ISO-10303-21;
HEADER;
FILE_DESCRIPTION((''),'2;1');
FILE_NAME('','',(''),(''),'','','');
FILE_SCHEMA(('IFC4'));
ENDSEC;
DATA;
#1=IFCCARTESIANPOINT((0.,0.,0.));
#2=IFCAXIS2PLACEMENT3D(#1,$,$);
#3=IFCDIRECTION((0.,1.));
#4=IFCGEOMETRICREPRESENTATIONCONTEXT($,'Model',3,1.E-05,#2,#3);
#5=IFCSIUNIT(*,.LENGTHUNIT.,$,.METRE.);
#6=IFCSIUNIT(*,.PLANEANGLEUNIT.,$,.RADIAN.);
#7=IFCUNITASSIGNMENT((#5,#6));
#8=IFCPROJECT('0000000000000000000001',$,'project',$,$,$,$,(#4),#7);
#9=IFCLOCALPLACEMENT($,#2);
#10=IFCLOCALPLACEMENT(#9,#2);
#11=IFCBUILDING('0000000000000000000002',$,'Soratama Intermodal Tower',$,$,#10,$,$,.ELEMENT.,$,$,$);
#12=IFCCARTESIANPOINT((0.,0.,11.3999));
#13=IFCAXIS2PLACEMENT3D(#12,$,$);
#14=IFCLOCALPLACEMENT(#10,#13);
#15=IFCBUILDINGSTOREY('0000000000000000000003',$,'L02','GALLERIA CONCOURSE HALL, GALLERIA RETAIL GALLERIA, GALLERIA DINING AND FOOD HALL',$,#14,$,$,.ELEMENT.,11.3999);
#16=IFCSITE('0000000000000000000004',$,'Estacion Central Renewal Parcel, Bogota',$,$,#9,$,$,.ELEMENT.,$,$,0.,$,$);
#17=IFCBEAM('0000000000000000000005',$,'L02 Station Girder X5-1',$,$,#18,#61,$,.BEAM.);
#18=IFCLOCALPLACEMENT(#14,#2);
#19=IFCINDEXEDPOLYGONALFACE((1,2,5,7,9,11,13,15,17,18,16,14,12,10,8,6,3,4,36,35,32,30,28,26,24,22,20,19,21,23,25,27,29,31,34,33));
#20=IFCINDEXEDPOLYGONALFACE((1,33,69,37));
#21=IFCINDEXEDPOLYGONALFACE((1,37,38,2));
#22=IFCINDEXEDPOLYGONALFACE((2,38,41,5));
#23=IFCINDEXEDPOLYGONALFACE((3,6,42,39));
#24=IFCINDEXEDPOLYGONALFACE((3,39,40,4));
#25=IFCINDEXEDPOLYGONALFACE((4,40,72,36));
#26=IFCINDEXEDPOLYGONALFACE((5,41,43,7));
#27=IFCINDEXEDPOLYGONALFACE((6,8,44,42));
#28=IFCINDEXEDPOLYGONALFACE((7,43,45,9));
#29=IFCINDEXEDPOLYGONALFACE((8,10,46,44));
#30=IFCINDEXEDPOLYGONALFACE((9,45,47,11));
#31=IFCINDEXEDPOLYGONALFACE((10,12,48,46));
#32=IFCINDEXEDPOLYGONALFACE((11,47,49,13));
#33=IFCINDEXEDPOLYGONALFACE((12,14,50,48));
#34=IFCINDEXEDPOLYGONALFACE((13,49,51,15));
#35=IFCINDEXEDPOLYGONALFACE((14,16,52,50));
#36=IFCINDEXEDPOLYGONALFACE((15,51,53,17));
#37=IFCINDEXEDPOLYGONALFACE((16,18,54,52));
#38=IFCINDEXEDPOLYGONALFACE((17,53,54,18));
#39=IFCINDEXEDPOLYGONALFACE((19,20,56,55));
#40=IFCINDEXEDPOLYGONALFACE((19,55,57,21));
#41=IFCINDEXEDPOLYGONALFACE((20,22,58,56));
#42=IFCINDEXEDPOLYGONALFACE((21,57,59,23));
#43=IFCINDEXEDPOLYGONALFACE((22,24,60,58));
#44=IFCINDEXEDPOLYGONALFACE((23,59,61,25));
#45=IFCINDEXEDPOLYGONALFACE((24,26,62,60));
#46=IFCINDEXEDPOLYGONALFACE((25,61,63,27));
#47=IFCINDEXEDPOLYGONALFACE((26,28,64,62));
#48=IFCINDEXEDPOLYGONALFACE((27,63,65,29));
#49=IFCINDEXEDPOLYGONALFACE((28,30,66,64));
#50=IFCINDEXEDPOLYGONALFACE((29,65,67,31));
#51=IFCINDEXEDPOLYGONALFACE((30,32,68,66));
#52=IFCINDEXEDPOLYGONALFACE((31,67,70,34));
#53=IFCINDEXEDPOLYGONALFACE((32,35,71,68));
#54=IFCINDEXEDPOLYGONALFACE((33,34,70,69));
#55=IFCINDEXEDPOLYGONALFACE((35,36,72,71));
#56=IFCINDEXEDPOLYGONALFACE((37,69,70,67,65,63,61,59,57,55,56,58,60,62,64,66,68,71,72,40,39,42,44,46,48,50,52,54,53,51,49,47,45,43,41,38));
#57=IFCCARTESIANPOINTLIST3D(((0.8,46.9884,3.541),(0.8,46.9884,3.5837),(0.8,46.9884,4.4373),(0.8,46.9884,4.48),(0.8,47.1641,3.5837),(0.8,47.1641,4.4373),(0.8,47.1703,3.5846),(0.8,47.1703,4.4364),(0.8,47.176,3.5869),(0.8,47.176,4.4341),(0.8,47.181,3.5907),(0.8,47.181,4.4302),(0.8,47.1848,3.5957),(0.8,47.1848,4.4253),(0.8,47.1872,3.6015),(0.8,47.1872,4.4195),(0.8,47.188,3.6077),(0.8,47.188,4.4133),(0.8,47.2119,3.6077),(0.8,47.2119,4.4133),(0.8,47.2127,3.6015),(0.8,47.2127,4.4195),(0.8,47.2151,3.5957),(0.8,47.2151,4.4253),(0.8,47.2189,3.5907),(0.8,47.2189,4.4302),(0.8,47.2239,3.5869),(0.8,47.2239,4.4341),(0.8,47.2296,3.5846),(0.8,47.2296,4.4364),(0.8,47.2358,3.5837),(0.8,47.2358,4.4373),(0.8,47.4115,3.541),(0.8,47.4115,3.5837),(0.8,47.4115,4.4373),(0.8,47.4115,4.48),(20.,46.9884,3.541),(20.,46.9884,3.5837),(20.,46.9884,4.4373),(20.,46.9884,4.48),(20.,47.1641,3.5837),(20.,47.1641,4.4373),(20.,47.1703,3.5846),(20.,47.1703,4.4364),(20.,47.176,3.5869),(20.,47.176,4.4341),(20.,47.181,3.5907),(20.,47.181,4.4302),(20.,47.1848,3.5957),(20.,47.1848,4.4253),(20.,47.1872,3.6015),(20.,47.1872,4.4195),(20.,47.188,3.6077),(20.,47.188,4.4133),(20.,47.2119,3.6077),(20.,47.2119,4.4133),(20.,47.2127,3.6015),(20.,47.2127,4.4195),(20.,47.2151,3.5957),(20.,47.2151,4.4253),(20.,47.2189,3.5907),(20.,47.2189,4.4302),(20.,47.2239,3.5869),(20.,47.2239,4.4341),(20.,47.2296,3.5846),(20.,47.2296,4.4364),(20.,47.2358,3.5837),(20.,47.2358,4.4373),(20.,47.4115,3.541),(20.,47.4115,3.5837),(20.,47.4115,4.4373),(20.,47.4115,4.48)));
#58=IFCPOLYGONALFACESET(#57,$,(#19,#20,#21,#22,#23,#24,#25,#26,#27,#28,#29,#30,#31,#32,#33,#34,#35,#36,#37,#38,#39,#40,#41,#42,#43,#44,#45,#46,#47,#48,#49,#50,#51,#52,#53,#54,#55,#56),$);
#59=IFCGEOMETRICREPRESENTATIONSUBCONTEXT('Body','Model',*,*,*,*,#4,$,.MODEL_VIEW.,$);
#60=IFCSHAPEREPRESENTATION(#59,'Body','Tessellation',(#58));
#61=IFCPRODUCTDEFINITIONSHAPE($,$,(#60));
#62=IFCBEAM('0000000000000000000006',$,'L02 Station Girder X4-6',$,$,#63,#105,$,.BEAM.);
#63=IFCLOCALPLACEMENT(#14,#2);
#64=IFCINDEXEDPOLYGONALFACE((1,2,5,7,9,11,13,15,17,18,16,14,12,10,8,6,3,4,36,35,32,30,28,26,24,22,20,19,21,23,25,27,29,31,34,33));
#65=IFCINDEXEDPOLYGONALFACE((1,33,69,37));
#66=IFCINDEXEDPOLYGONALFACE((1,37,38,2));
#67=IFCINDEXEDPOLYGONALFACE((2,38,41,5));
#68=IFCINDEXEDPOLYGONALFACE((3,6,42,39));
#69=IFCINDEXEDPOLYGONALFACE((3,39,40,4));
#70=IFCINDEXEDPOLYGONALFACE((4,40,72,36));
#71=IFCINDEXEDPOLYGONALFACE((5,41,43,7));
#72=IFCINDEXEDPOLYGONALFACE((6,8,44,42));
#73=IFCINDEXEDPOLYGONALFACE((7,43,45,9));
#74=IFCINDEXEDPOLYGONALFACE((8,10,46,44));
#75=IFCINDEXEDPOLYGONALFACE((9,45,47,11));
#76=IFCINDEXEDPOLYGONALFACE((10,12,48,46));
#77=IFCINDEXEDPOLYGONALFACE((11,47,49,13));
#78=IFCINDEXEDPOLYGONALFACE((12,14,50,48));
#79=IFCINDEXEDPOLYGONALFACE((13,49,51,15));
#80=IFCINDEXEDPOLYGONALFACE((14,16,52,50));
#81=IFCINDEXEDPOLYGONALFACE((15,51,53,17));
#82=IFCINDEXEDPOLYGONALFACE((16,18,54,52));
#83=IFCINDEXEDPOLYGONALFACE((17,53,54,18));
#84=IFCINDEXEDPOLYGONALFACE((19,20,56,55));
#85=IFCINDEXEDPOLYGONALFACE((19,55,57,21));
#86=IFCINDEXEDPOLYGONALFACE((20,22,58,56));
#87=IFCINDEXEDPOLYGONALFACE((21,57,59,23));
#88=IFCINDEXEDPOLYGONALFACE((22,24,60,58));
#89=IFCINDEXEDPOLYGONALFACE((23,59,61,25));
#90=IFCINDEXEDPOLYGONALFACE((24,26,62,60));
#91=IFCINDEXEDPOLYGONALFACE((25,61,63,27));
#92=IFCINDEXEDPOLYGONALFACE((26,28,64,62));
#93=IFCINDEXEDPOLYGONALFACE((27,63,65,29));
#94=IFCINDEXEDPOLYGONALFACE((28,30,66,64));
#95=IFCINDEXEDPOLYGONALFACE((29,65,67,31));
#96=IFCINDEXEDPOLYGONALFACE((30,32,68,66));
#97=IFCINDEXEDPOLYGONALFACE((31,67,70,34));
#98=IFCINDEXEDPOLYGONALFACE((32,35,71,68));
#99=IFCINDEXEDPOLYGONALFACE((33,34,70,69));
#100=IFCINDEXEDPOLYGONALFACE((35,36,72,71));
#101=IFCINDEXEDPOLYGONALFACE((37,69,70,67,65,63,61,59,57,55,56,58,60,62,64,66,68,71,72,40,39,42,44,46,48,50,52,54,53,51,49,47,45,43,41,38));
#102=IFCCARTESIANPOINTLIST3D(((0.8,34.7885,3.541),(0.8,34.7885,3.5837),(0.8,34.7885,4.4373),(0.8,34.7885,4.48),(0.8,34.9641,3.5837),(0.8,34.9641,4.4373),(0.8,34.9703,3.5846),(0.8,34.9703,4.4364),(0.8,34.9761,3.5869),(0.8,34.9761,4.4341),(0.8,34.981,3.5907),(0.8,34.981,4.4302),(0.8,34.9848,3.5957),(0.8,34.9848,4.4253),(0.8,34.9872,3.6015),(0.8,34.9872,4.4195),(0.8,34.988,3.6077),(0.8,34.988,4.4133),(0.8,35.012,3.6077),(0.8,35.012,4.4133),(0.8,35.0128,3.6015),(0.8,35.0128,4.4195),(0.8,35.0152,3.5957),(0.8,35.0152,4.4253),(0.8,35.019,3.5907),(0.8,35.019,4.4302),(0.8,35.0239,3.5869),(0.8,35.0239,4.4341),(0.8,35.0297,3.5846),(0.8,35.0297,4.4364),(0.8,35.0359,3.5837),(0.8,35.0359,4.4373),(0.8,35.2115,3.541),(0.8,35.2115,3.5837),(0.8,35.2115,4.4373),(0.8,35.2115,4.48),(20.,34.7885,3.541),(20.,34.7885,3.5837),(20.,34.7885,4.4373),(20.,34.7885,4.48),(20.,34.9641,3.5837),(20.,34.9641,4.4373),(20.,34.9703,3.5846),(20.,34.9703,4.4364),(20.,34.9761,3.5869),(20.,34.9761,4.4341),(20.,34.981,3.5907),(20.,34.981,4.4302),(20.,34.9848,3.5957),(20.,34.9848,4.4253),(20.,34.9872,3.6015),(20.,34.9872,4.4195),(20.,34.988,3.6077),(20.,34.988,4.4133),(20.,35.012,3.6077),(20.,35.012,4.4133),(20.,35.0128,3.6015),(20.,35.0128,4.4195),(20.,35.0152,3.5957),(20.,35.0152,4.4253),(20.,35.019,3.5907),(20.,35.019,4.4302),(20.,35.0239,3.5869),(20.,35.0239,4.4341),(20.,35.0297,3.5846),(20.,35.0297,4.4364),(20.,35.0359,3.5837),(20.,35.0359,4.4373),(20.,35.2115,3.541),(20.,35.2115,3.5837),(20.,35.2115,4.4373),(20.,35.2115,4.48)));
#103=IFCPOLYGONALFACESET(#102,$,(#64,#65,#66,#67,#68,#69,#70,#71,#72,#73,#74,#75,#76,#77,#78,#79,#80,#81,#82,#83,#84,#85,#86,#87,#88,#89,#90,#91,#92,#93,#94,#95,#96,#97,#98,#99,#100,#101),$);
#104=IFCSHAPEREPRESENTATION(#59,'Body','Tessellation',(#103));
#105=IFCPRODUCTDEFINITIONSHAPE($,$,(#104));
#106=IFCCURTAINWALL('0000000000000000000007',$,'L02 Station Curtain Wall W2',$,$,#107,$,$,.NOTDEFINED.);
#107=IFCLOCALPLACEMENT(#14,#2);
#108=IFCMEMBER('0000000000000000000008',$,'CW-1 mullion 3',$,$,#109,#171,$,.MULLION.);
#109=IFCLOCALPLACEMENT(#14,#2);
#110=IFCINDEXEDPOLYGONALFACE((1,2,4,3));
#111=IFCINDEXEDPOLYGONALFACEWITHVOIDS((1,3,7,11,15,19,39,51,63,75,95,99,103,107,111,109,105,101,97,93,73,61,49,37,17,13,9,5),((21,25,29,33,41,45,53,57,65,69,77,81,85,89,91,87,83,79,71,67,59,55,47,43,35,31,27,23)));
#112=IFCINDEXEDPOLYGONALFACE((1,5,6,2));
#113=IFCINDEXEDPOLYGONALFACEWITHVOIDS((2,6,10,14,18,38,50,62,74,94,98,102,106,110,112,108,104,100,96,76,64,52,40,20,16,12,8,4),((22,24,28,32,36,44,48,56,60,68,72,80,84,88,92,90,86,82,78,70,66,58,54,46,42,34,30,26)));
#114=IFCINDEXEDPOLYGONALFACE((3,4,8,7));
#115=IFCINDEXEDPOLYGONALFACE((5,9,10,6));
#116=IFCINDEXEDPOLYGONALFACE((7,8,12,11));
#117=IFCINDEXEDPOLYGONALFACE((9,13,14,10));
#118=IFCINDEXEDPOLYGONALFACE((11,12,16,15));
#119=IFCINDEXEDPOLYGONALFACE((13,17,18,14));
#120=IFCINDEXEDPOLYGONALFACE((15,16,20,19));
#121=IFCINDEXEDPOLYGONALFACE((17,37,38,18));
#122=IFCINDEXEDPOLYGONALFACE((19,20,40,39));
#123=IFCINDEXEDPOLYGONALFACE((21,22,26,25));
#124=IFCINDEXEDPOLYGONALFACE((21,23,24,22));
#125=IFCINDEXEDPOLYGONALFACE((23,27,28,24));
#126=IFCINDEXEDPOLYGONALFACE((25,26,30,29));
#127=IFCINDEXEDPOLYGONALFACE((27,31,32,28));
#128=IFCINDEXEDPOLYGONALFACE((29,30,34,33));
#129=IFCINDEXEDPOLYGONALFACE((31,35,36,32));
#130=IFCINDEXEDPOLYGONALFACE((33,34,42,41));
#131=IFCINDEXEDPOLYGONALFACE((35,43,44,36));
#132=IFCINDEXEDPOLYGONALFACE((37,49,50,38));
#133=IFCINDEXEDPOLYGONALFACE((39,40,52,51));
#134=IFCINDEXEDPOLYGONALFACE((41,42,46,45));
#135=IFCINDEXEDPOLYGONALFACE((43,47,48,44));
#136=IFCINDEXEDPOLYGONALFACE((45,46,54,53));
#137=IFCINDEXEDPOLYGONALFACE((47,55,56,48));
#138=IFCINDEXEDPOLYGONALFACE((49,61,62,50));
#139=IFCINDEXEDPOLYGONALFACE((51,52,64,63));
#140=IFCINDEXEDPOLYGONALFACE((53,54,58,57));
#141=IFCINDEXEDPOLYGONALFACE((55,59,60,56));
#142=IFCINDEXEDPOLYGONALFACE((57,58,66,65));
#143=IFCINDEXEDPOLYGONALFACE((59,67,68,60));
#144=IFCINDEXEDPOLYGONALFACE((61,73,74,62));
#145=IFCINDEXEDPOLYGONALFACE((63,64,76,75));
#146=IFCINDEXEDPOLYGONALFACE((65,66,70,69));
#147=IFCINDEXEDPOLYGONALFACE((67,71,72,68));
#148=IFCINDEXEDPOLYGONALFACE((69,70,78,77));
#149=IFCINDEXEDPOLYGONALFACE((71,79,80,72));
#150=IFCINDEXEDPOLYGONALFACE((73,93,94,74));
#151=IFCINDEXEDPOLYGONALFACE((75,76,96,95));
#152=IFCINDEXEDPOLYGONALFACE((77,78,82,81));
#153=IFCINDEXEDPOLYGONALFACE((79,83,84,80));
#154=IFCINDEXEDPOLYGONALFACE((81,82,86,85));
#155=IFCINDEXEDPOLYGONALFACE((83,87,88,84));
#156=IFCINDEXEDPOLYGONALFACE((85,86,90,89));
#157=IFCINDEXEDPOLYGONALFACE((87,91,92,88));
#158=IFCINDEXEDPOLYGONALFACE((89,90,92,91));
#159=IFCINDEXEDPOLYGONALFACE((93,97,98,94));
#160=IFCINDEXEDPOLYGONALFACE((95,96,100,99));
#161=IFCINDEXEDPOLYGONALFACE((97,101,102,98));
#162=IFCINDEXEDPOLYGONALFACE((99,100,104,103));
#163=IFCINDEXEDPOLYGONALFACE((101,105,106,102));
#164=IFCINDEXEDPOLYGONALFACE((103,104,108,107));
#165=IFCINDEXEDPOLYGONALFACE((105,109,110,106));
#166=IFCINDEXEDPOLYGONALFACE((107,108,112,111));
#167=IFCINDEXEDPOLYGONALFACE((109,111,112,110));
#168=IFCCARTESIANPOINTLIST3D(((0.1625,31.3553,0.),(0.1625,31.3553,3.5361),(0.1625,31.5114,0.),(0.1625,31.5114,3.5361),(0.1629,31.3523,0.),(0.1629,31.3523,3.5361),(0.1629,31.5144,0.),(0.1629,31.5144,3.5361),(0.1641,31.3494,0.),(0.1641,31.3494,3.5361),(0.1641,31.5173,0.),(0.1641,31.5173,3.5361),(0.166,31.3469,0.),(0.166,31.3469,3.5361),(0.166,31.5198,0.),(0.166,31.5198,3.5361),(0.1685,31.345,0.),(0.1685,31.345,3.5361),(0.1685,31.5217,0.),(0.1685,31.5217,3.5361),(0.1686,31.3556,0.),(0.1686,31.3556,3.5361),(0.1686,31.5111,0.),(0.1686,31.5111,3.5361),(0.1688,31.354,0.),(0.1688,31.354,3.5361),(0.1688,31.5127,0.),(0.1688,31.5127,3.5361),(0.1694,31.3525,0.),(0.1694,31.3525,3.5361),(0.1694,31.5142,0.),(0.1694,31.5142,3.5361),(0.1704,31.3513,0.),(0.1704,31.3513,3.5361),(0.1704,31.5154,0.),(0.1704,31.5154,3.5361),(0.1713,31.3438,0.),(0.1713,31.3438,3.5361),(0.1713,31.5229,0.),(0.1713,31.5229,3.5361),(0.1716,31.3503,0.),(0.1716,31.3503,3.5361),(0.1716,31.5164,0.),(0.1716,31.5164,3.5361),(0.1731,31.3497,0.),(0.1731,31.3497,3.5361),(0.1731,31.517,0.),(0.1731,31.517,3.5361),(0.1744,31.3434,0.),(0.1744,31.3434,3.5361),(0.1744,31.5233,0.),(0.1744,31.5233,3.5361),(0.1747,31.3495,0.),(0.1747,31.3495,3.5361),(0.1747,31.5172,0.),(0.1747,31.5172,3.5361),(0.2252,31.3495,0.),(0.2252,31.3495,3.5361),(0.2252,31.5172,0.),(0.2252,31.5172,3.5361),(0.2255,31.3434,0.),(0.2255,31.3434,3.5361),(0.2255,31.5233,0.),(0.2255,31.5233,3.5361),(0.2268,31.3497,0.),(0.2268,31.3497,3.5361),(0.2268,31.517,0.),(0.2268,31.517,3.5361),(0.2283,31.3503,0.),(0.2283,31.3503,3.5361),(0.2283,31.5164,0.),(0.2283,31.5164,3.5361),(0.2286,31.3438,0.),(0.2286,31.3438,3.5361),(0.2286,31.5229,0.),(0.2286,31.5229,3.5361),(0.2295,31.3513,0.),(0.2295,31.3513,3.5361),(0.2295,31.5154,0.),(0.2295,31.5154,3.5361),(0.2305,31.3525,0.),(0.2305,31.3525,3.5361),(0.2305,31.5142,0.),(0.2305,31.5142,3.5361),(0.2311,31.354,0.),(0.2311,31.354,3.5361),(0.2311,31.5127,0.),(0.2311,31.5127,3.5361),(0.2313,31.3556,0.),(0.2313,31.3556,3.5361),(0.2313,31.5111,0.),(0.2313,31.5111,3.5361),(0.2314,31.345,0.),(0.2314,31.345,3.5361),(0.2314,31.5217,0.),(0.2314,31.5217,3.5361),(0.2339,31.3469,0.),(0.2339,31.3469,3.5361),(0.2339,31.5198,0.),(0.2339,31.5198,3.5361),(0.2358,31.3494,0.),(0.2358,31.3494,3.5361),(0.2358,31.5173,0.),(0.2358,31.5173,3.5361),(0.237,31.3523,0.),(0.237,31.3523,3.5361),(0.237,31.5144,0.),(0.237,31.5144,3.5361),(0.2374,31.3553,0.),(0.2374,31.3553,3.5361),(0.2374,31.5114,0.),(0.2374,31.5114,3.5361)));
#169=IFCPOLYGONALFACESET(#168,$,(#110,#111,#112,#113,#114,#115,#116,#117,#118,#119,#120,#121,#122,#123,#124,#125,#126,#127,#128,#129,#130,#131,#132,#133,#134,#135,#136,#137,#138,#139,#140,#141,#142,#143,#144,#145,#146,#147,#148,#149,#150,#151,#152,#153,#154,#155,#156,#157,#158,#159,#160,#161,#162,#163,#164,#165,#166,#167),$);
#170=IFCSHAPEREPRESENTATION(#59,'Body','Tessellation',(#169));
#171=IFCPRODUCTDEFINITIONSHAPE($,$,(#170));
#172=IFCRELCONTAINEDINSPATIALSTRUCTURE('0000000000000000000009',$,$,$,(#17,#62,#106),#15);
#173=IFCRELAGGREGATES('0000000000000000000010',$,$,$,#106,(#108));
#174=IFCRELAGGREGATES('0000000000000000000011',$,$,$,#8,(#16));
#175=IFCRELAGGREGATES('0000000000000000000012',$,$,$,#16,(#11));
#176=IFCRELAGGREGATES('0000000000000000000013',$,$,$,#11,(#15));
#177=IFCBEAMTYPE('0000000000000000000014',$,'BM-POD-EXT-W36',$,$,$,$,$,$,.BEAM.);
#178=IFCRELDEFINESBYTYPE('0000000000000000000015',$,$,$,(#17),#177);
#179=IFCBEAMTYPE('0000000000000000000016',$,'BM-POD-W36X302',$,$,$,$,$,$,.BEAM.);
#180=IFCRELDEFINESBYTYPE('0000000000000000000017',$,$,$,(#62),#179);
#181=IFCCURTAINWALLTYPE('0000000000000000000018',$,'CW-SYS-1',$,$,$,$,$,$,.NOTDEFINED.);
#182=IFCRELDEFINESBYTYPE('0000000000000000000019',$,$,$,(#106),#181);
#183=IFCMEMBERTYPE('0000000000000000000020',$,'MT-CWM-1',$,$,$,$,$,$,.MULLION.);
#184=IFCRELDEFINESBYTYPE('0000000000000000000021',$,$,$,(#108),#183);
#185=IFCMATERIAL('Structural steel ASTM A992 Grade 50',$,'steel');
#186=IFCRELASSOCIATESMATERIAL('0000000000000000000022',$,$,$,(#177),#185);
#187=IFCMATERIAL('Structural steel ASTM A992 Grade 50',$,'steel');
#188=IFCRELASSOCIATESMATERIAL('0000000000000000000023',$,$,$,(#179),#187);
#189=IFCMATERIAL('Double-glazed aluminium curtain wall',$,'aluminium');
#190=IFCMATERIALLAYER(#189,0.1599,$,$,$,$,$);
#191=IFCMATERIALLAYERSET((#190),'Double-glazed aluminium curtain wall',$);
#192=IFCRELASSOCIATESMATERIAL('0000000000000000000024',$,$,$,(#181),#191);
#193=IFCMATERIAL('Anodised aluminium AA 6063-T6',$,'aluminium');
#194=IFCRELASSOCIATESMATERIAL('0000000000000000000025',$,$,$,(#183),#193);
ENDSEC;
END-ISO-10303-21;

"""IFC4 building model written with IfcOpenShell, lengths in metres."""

from ifc_helpers import new_model, si_unit, direction, frame, origin, origin_2d, place, context, subcontext, project, spatial, hollow_rectangle, i_section, extrude, material, layer, layer_set, material_profile, profile_set, type_object, element, aggregate, save


model = new_model("IFC4")

# Units and contexts
model_context = context("Model", 3, precision=1e-05, world=origin(), true_north=direction((0.0, 1.0)))
body_context = subcontext(model_context, "Body", "Model", "MODEL_VIEW")
ifc_project = project(units=[si_unit("LENGTHUNIT", "METRE"), si_unit("PLANEANGLEUNIT", "RADIAN")], contexts=[model_context])

# Site, building, storey
site_placement = place(None, origin())
site = spatial("IfcSite", under=ifc_project, at=site_placement, Name="Estacion Central Renewal Parcel, Bogota", CompositionType="ELEMENT", RefElevation=0.0)
building_placement = place(site_placement, origin())
building = spatial("IfcBuilding", under=site, at=building_placement, Name="Soratama Intermodal Tower", CompositionType="ELEMENT")
storey_placement = place(building_placement, frame((0.0, 0.0, 11.3999)))
storey = spatial("IfcBuildingStorey", under=building, at=storey_placement, Name="L02", Description="GALLERIA CONCOURSE HALL, GALLERIA RETAIL GALLERIA, GALLERIA DINING AND FOOD HALL", CompositionType="ELEMENT", Elevation=11.3999)

# Beams
ifc_material_1 = material(Name="Structural steel ASTM A992 Grade 50", Category="steel")
ifc_material_profile_1 = material_profile(ifc_material_1, i_section(OverallWidth=0.4231, OverallDepth=0.939, WebThickness=0.0239, FlangeThickness=0.0427, FilletRadius=0.0239, at=origin_2d()), Name="W36X302")
ifc_profile_set_1 = profile_set([ifc_material_profile_1], Name="Structural steel ASTM A992 Grade 50")
beam_type_1 = type_object("IfcBeamType", Name="BM-POD-EXT-W36", PredefinedType="BEAM", material=ifc_profile_set_1)
beam_1_placement = place(storey_placement, frame((0.8, 47.2, 4.0105), z_axis=(1.0, 0.0, 0.0), x_axis=(0.0, 1.0, 0.0)))
element("IfcBeam", 1, at=beam_1_placement, inside=storey, type_object=beam_type_1, Name="L02 Station Girder X5-1", PredefinedType="BEAM", context=body_context, shape_type="SweptSolid", body=[
    extrude(i_section(OverallWidth=0.4231, OverallDepth=0.939, WebThickness=0.0239, FlangeThickness=0.0427, FilletRadius=0.0239, at=origin_2d()), origin(), (0.0, 0.0, 1.0), 19.2),
])
ifc_material_2 = material(Name="Structural steel ASTM A992 Grade 50", Category="steel")
ifc_material_profile_2 = material_profile(ifc_material_2, i_section(OverallWidth=0.4231, OverallDepth=0.939, WebThickness=0.0239, FlangeThickness=0.0427, FilletRadius=0.0239, at=origin_2d()), Name="W36X302")
ifc_profile_set_2 = profile_set([ifc_material_profile_2], Name="Structural steel ASTM A992 Grade 50")
beam_type_2 = type_object("IfcBeamType", Name="BM-POD-W36X302", PredefinedType="BEAM", material=ifc_profile_set_2)
beam_2_placement = place(storey_placement, frame((0.8, 35.0, 4.0105), z_axis=(1.0, 0.0, 0.0), x_axis=(0.0, 1.0, 0.0)))
element("IfcBeam", 2, at=beam_2_placement, inside=storey, type_object=beam_type_2, Name="L02 Station Girder X4-6", PredefinedType="BEAM", context=body_context, shape_type="SweptSolid", body=[
    extrude(i_section(OverallWidth=0.4231, OverallDepth=0.939, WebThickness=0.0239, FlangeThickness=0.0427, FilletRadius=0.0239, at=origin_2d()), origin(), (0.0, 0.0, 1.0), 19.2),
])

# Curtain wall, member
ifc_material_3 = material(Name="Double-glazed aluminium curtain wall", Category="aluminium")
ifc_layer_1 = layer(ifc_material_3, 0.1599)
ifc_layer_set_1 = layer_set([ifc_layer_1], Name="Double-glazed aluminium curtain wall")
curtain_wall_type = type_object("IfcCurtainWallType", Name="CW-SYS-1", PredefinedType="NOTDEFINED", material=ifc_layer_set_1)
curtain_wall_placement = place(storey_placement, origin())
curtain_wall = element("IfcCurtainWall", 3, at=curtain_wall_placement, inside=storey, type_object=curtain_wall_type, Name="L02 Station Curtain Wall W2", PredefinedType="NOTDEFINED")
ifc_material_4 = material(Name="Anodised aluminium AA 6063-T6", Category="aluminium")
ifc_material_profile_3 = material_profile(ifc_material_4, hollow_rectangle(XDim=0.075, YDim=0.1799, WallThickness=0.0061, InnerFilletRadius=0.0061, OuterFilletRadius=0.012, at=origin_2d()), Name="CWM180X75X6")
ifc_profile_set_3 = profile_set([ifc_material_profile_3], Name="Anodised aluminium AA 6063-T6")
member_type_1 = type_object("IfcMemberType", Name="MT-CWM-1", PredefinedType="MULLION", material=ifc_profile_set_3)
member_1_placement = place(storey_placement, frame((0.2, 31.4333, 0.0), z_axis=(0.0, 0.0, 1.0), x_axis=(-1.0, 0.0, 0.0)))
member_1 = element("IfcMember", 4, at=member_1_placement, type_object=member_type_1, Name="CW-1 mullion 3", PredefinedType="MULLION", context=body_context, shape_type="SweptSolid", body=[
    extrude(hollow_rectangle(XDim=0.075, YDim=0.1799, WallThickness=0.0061, InnerFilletRadius=0.0061, OuterFilletRadius=0.012, at=origin_2d()), origin(), (0.0, 0.0, 1.0), 3.5361),
])
aggregate(curtain_wall, [member_1])

save(model, "model.ifc")
